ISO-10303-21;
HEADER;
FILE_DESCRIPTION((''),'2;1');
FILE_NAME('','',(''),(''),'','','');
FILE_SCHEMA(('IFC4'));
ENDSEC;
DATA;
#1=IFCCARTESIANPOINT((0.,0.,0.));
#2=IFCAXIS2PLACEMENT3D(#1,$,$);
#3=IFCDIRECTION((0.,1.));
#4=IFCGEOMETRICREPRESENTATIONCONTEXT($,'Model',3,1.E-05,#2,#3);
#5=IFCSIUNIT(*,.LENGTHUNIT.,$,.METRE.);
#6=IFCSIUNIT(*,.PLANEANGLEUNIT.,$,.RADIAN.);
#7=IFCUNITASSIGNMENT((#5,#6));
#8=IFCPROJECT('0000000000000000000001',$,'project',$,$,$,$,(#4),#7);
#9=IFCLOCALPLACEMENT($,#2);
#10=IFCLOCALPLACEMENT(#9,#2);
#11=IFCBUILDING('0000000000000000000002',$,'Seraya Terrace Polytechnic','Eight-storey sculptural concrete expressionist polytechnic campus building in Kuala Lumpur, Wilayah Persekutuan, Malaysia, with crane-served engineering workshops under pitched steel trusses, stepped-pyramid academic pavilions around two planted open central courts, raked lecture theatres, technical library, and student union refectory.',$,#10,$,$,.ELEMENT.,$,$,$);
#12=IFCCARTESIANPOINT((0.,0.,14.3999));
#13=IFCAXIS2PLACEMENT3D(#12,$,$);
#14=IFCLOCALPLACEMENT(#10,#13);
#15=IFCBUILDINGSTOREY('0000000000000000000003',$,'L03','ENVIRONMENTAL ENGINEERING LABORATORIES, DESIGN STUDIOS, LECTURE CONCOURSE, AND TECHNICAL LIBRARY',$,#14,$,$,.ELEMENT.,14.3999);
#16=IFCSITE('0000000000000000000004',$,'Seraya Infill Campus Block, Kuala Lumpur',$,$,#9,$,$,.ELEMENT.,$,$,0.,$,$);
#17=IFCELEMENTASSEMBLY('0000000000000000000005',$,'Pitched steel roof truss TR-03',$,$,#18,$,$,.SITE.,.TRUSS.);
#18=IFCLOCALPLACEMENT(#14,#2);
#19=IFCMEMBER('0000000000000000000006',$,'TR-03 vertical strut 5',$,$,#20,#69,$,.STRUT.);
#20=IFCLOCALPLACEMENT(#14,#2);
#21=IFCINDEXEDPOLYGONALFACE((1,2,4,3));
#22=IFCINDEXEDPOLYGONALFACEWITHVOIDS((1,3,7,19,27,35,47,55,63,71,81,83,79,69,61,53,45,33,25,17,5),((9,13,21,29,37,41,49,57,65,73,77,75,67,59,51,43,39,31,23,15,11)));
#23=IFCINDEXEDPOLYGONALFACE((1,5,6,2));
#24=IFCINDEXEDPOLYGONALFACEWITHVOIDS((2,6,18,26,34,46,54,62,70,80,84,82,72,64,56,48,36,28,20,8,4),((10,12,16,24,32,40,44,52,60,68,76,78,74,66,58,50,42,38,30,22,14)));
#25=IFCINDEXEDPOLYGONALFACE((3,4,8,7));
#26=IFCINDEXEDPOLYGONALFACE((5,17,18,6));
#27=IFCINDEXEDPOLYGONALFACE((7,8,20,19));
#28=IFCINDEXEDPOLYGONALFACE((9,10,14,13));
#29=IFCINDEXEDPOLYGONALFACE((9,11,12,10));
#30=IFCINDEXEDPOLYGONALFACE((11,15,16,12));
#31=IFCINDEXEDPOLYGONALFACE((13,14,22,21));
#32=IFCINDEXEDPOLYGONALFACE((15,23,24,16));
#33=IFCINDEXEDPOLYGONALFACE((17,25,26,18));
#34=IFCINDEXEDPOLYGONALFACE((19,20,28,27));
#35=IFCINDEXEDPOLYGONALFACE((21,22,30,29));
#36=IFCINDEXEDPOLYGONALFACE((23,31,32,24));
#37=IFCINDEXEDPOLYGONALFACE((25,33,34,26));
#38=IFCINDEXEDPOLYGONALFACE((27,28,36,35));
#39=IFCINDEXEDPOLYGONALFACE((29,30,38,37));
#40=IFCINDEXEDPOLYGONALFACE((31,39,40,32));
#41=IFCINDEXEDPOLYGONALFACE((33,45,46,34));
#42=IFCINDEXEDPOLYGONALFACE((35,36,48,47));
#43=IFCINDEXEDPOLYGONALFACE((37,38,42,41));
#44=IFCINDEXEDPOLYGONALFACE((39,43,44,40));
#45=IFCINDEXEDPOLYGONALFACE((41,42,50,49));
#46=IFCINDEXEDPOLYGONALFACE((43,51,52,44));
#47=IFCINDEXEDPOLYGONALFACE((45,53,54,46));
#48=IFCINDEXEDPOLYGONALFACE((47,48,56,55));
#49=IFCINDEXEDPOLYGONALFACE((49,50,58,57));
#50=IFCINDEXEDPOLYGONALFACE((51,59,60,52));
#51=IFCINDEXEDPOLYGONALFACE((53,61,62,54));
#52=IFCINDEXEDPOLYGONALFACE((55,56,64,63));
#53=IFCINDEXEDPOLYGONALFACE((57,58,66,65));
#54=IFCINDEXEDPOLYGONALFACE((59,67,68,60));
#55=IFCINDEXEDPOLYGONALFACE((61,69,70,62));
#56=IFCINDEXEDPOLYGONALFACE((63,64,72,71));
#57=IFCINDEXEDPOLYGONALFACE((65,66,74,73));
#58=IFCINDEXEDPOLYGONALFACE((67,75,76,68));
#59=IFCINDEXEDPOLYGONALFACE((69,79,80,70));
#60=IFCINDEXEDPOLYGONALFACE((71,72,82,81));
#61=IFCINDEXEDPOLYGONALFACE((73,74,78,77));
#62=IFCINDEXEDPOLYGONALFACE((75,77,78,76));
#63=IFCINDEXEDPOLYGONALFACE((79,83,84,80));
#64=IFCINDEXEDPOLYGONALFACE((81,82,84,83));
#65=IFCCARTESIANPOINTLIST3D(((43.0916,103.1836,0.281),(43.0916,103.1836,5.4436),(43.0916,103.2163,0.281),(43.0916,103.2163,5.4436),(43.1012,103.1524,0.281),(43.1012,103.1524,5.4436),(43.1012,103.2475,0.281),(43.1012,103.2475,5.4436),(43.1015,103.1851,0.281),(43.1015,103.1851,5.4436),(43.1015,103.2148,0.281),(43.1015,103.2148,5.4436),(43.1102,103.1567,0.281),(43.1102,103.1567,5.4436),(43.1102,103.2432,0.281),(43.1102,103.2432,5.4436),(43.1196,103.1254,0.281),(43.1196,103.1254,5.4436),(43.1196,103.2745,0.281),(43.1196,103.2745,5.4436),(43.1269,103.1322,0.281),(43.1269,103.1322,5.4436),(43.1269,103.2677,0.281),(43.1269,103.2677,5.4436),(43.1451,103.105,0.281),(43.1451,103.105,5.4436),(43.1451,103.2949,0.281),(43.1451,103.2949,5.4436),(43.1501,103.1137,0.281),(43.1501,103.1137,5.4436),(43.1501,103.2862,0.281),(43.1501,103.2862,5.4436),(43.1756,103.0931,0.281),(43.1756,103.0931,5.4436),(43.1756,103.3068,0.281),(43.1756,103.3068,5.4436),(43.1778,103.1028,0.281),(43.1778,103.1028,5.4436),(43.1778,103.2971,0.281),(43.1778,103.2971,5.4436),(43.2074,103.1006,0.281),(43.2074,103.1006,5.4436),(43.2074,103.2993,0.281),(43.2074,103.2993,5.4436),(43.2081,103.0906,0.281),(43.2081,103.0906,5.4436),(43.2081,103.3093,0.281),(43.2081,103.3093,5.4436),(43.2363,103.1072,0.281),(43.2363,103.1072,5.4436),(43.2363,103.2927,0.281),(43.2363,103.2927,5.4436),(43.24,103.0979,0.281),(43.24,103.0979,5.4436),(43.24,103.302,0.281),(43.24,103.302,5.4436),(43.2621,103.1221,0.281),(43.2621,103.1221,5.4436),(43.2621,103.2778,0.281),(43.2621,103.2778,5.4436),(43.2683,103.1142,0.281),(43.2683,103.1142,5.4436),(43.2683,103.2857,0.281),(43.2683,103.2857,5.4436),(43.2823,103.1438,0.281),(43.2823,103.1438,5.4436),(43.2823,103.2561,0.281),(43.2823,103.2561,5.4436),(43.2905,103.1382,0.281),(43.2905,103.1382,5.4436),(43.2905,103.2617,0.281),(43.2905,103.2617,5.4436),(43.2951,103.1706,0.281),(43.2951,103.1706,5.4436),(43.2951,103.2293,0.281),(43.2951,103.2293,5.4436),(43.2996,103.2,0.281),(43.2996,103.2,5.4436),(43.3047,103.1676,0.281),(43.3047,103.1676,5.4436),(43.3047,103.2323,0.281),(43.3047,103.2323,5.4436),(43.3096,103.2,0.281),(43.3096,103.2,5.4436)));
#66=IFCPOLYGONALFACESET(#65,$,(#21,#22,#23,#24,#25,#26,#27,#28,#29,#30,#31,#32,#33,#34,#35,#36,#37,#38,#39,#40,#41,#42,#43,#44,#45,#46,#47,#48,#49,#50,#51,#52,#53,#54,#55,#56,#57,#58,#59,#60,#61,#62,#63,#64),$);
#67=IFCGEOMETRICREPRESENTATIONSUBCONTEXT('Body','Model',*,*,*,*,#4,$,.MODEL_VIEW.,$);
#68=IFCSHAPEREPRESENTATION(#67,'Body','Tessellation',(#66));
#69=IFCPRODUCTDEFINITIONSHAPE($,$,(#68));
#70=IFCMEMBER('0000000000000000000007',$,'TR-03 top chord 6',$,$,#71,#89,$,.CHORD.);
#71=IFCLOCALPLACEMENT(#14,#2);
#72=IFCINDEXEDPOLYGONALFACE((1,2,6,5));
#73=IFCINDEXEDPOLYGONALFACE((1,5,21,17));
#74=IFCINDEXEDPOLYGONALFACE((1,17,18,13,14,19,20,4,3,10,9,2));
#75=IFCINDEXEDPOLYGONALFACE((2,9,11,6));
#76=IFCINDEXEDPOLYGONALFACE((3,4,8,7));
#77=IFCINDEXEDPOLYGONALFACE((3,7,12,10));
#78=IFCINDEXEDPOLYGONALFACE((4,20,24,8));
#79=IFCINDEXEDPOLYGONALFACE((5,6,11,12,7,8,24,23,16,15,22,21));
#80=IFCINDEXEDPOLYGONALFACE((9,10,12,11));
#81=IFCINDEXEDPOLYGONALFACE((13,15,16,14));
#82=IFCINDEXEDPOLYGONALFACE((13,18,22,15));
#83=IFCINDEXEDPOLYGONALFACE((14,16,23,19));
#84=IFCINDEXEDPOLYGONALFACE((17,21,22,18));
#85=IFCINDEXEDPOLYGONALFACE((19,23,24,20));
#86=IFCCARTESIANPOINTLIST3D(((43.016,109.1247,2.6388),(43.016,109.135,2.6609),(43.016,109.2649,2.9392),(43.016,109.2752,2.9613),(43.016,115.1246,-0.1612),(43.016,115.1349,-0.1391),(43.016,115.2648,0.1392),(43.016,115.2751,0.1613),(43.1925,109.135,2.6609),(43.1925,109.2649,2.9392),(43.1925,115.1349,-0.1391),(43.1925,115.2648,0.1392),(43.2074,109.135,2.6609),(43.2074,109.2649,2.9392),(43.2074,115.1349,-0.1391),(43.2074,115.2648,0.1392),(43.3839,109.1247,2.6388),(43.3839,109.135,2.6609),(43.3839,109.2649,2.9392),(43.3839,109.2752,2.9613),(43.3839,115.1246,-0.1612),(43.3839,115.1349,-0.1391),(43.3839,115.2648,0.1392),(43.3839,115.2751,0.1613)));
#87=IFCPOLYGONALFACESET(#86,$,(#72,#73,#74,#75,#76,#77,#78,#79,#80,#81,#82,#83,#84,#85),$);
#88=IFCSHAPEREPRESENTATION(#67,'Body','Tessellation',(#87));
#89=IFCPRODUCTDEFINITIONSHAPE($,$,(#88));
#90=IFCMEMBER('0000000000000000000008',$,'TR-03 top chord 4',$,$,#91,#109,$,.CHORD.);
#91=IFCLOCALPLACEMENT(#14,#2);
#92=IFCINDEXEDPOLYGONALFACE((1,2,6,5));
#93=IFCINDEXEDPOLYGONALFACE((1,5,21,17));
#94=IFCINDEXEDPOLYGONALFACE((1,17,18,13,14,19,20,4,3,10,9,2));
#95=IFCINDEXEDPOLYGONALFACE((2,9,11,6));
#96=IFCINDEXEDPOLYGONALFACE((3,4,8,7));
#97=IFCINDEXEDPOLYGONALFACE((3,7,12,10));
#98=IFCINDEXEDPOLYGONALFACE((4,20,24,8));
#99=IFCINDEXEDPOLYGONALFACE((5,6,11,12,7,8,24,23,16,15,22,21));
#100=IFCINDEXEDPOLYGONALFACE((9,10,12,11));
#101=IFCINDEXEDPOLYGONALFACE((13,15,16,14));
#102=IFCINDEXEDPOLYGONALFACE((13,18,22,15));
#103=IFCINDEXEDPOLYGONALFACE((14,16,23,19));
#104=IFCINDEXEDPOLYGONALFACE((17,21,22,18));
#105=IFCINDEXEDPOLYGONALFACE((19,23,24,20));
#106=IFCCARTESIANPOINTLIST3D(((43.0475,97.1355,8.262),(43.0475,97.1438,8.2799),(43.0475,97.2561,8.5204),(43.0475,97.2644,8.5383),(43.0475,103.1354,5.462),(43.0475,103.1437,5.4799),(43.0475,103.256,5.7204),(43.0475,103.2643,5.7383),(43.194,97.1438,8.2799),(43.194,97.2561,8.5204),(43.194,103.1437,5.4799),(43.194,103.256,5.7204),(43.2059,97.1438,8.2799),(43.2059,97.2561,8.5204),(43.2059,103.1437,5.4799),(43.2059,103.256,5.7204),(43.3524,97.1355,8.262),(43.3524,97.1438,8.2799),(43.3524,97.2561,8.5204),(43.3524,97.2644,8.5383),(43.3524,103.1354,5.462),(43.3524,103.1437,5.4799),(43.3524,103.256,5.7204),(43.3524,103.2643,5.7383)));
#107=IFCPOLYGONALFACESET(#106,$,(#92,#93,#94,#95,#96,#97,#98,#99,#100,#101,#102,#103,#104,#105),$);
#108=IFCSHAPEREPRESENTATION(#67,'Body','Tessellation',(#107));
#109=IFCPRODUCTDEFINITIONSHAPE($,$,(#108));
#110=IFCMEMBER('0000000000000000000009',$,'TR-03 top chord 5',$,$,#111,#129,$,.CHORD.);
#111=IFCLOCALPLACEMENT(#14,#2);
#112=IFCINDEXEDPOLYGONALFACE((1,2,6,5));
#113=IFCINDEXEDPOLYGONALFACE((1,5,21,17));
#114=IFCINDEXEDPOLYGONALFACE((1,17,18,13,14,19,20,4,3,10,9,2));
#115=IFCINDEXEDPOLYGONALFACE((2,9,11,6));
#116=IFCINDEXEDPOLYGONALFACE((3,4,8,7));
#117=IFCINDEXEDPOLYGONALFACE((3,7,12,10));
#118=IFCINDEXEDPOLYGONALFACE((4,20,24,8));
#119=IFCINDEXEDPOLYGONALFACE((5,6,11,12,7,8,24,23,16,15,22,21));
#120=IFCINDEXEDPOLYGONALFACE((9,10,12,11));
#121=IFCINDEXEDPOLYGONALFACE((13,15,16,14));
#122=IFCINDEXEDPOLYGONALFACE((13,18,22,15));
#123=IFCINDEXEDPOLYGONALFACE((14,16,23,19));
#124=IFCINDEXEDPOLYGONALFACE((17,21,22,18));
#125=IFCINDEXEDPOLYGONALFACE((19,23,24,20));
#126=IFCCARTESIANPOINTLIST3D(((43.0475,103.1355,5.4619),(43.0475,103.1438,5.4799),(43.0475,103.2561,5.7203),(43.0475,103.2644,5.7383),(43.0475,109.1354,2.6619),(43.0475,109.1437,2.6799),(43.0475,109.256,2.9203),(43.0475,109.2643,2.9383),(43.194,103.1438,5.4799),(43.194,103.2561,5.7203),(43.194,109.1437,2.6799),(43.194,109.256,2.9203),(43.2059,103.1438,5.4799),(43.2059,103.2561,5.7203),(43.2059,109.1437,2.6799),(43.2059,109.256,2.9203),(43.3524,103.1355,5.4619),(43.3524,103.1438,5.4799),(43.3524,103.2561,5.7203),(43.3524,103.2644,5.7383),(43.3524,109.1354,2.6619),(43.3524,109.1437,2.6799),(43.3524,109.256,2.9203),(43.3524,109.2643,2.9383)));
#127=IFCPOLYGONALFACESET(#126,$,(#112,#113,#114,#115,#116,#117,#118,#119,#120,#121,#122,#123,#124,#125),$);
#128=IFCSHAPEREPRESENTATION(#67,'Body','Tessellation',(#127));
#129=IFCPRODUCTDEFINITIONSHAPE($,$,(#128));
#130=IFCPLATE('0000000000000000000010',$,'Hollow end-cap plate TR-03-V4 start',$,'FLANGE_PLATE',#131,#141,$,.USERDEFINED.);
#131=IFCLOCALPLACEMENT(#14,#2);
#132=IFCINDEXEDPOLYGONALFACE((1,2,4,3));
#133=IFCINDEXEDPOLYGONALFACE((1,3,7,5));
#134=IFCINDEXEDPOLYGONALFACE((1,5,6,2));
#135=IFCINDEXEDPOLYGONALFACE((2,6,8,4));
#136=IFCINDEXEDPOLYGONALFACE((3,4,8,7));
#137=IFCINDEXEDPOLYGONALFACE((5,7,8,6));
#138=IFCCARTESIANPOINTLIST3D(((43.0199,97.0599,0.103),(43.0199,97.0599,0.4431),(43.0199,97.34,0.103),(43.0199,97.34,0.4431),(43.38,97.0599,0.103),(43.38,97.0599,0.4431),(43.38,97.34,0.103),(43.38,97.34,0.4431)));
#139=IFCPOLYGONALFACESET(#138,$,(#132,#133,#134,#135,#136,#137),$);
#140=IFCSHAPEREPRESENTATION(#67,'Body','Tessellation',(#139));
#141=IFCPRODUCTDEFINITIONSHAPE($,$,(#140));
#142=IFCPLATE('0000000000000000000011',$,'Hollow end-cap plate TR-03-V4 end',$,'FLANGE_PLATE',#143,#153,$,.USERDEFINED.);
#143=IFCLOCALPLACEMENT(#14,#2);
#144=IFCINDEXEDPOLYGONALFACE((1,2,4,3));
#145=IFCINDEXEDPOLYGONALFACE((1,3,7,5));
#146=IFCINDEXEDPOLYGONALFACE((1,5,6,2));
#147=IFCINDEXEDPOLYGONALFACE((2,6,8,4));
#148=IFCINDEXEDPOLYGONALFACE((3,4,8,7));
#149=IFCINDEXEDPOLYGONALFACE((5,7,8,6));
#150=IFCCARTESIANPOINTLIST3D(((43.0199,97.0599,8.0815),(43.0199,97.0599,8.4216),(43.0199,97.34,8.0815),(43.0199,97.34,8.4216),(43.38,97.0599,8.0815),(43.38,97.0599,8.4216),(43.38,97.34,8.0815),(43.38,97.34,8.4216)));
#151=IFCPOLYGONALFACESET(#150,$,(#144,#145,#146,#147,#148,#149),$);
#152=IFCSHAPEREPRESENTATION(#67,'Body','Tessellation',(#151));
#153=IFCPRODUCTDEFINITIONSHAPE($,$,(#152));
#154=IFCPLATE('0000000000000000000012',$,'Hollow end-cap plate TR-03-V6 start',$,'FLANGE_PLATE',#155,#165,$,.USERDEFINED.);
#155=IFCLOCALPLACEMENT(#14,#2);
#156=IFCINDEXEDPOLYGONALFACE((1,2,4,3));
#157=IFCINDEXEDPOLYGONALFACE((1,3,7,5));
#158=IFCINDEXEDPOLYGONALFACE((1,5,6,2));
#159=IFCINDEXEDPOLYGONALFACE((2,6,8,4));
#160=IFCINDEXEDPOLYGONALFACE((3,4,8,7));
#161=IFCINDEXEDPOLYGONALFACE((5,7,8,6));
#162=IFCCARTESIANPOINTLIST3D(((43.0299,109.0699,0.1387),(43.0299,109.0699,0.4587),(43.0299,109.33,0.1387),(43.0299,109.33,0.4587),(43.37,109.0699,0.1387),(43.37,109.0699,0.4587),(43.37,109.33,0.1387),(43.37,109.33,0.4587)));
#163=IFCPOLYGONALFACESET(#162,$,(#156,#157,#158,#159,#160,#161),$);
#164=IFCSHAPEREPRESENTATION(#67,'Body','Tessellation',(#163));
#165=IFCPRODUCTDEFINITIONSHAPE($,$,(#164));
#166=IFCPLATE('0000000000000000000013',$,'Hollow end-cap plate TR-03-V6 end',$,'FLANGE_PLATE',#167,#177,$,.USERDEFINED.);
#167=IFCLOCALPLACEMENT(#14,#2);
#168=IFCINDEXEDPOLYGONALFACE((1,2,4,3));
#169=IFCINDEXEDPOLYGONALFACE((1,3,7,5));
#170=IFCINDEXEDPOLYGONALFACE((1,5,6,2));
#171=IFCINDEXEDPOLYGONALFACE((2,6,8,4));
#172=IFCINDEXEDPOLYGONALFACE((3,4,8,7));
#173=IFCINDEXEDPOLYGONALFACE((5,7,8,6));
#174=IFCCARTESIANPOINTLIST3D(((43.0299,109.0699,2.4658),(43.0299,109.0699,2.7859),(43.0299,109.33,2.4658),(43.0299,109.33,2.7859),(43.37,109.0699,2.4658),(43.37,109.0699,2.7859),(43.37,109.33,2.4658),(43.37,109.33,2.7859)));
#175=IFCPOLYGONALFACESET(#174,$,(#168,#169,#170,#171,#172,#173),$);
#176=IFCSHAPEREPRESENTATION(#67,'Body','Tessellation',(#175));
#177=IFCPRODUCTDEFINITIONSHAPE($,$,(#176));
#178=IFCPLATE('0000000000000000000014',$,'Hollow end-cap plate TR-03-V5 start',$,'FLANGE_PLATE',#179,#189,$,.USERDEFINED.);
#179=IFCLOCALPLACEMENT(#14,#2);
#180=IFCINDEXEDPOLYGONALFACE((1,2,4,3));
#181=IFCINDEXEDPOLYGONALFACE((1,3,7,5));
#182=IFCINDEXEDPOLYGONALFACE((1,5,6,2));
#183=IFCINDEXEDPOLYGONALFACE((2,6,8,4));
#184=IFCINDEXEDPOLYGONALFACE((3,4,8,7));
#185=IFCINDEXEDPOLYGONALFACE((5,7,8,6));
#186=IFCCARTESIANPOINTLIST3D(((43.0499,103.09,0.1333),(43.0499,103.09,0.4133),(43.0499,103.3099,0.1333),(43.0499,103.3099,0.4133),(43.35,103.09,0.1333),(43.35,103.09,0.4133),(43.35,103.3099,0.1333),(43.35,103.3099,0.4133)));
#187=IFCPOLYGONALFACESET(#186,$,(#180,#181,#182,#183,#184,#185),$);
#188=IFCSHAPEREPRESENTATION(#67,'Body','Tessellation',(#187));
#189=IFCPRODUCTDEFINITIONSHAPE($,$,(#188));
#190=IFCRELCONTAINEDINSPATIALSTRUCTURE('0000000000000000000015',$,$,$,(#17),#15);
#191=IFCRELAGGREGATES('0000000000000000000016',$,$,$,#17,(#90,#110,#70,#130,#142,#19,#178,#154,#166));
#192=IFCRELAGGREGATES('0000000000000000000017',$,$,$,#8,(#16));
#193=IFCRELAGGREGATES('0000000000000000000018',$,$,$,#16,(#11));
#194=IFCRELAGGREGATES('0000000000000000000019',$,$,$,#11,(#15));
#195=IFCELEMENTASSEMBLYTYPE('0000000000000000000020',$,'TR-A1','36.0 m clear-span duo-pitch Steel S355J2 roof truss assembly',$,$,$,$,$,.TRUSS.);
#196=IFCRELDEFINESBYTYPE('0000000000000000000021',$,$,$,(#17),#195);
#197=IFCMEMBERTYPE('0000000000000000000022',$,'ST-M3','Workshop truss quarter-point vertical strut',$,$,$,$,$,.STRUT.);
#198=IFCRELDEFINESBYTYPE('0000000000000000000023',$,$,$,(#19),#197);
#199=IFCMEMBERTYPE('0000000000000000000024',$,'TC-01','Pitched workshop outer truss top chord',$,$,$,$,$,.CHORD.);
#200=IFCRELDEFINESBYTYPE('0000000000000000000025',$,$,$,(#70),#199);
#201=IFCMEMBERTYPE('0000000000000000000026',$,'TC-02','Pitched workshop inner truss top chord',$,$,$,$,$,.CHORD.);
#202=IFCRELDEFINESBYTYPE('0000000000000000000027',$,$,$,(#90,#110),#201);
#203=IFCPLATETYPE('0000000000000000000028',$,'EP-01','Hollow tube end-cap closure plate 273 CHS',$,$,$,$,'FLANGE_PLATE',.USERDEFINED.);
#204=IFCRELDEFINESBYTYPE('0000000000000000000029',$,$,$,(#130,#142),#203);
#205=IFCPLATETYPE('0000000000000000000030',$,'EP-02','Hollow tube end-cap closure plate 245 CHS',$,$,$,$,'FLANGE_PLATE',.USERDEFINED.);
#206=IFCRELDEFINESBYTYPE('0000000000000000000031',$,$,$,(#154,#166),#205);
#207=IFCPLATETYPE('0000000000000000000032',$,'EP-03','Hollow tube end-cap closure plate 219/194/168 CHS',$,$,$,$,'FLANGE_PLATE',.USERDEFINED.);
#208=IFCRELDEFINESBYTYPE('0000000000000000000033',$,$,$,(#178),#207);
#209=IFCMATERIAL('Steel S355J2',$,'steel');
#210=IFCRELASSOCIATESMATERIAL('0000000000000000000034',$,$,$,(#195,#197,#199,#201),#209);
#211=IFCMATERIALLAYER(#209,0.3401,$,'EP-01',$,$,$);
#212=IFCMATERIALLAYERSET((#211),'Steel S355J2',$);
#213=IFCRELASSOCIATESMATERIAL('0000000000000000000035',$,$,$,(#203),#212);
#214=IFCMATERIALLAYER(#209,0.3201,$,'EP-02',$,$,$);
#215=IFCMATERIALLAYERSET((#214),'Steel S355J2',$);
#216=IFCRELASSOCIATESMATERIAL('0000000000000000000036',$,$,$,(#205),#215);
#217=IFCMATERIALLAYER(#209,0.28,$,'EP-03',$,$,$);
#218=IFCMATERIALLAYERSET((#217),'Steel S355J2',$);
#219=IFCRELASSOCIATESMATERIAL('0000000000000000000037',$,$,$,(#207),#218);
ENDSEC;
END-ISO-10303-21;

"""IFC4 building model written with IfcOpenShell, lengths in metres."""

from ifc_helpers import new_model, si_unit, direction, frame, origin, origin_2d, place, context, subcontext, project, spatial, rectangle, hollow_circle, i_section, extrude, material, layer, layer_set, material_profile, profile_set, type_object, element, aggregate, save


model = new_model("IFC4")

# Units and contexts
model_context = context("Model", 3, precision=1e-05, world=origin(), true_north=direction((0.0, 1.0)))
body_context = subcontext(model_context, "Body", "Model", "MODEL_VIEW")
ifc_project = project(units=[si_unit("LENGTHUNIT", "METRE"), si_unit("PLANEANGLEUNIT", "RADIAN")], contexts=[model_context])

# Site, building, storey
site_placement = place(None, origin())
site = spatial("IfcSite", under=ifc_project, at=site_placement, Name="Seraya Infill Campus Block, Kuala Lumpur", CompositionType="ELEMENT", RefElevation=0.0)
building_placement = place(site_placement, origin())
building = spatial("IfcBuilding", under=site, at=building_placement, Name="Seraya Terrace Polytechnic", Description="Eight-storey sculptural concrete expressionist polytechnic campus building in Kuala Lumpur, Wilayah Persekutuan, Malaysia, with crane-served engineering workshops under pitched steel trusses, stepped-pyramid academic pavilions around two planted open central courts, raked lecture theatres, technical library, and student union refectory.", CompositionType="ELEMENT")
storey_placement = place(building_placement, frame((0.0, 0.0, 14.3999)))
storey = spatial("IfcBuildingStorey", under=building, at=storey_placement, Name="L03", Description="ENVIRONMENTAL ENGINEERING LABORATORIES, DESIGN STUDIOS, LECTURE CONCOURSE, AND TECHNICAL LIBRARY", CompositionType="ELEMENT", Elevation=14.3999)

# Element assembly
ifc_material_1 = material(Name="Steel S355J2", Category="steel")
element_assembly_type = type_object("IfcElementAssemblyType", Name="TR-A1", Description="36.0 m clear-span duo-pitch Steel S355J2 roof truss assembly", PredefinedType="TRUSS", material=ifc_material_1)
assembly_placement = place(storey_placement, origin())
assembly = element("IfcElementAssembly", 1, at=assembly_placement, inside=storey, type_object=element_assembly_type, Name="Pitched steel roof truss TR-03", AssemblyPlace="SITE", PredefinedType="TRUSS")

# Members
ifc_material_profile_1 = material_profile(ifc_material_1, hollow_circle(Radius=0.1096, WallThickness=0.01, at=origin_2d()), Name="CHS 219.1x10.0")
ifc_profile_set_1 = profile_set([ifc_material_profile_1], Name="Steel S355J2")
member_type_1 = type_object("IfcMemberType", Name="ST-M3", Description="Workshop truss quarter-point vertical strut", PredefinedType="STRUT", material=ifc_profile_set_1)
member_1_placement = place(storey_placement, frame((43.2, 103.2, 0.281), z_axis=(0.0, 0.0, 1.0), x_axis=(1.0, 0.0, 0.0)))
member_1 = element("IfcMember", 2, at=member_1_placement, type_object=member_type_1, Name="TR-03 vertical strut 5", PredefinedType="STRUT", context=body_context, shape_type="SweptSolid", body=[
    extrude(hollow_circle(Radius=0.1096, WallThickness=0.01, at=origin_2d()), origin(), (0.0, 0.0, 1.0), 5.1626),
])
ifc_material_profile_2 = material_profile(ifc_material_1, i_section(OverallWidth=0.3679, OverallDepth=0.356, WebThickness=0.0149, FlangeThickness=0.0244, at=origin_2d()), Name="UKC 356x368x15.0x24.4")
ifc_profile_set_2 = profile_set([ifc_material_profile_2], Name="Steel S355J2")
member_type_2 = type_object("IfcMemberType", Name="TC-01", Description="Pitched workshop outer truss top chord", PredefinedType="CHORD", material=ifc_profile_set_2)
member_2_placement = place(storey_placement, frame((43.2, 109.2, 2.8), z_axis=(0.0, 0.90618, -0.422892), x_axis=(-1.0, 0.0, 0.0)))
member_2 = element("IfcMember", 3, at=member_2_placement, type_object=member_type_2, Name="TR-03 top chord 6", PredefinedType="CHORD", context=body_context, shape_type="SweptSolid", body=[
    extrude(i_section(OverallWidth=0.3679, OverallDepth=0.356, WebThickness=0.0149, FlangeThickness=0.0244, at=origin_2d()), origin(), (0.0, 0.0, 1.0), 6.6211),
])
ifc_material_profile_3 = material_profile(ifc_material_1, i_section(OverallWidth=0.3049, OverallDepth=0.3049, WebThickness=0.012, FlangeThickness=0.0198, at=origin_2d()), Name="UKC 305x305x12.0x19.7")
ifc_profile_set_3 = profile_set([ifc_material_profile_3], Name="Steel S355J2")
member_type_3 = type_object("IfcMemberType", Name="TC-02", Description="Pitched workshop inner truss top chord", PredefinedType="CHORD", material=ifc_profile_set_3)
member_3_placement = place(storey_placement, frame((43.2, 97.2, 8.4001), z_axis=(0.0, 0.90618, -0.422892), x_axis=(-1.0, 0.0, 0.0)))
member_3 = element("IfcMember", 4, at=member_3_placement, type_object=member_type_3, Name="TR-03 top chord 4", PredefinedType="CHORD", context=body_context, shape_type="SweptSolid", body=[
    extrude(i_section(OverallWidth=0.3049, OverallDepth=0.3049, WebThickness=0.012, FlangeThickness=0.0198, at=origin_2d()), origin(), (0.0, 0.0, 1.0), 6.6211),
])
member_4_placement = place(storey_placement, frame((43.2, 103.2, 5.6001), z_axis=(0.0, 0.90618, -0.422892), x_axis=(-1.0, 0.0, 0.0)))
member_4 = element("IfcMember", 5, at=member_4_placement, type_object=member_type_3, Name="TR-03 top chord 5", PredefinedType="CHORD", context=body_context, shape_type="SweptSolid", body=[
    extrude(i_section(OverallWidth=0.3049, OverallDepth=0.3049, WebThickness=0.012, FlangeThickness=0.0198, at=origin_2d()), origin(), (0.0, 0.0, 1.0), 6.6211),
])

# Plates
ifc_layer_1 = layer(ifc_material_1, 0.3401, Name="EP-01")
ifc_layer_set_1 = layer_set([ifc_layer_1], Name="Steel S355J2")
plate_type_1 = type_object("IfcPlateType", Name="EP-01", Description="Hollow tube end-cap closure plate 273 CHS", ElementType="FLANGE_PLATE", PredefinedType="USERDEFINED", material=ifc_layer_set_1)
plate_1_placement = place(storey_placement, frame((43.2, 97.2, 0.103), z_axis=(0.0, 0.0, 1.0), x_axis=(1.0, 0.0, 0.0)))
plate_1 = element("IfcPlate", 6, at=plate_1_placement, type_object=plate_type_1, Name="Hollow end-cap plate TR-03-V4 start", ObjectType="FLANGE_PLATE", PredefinedType="USERDEFINED", context=body_context, shape_type="SweptSolid", body=[
    extrude(rectangle(XDim=0.3601, YDim=0.28, at=origin_2d()), origin(), (0.0, 0.0, 1.0), 0.3401),
])
plate_2_placement = place(storey_placement, frame((43.2, 97.2, 8.0815), z_axis=(0.0, 0.0, 1.0), x_axis=(1.0, 0.0, 0.0)))
plate_2 = element("IfcPlate", 7, at=plate_2_placement, type_object=plate_type_1, Name="Hollow end-cap plate TR-03-V4 end", ObjectType="FLANGE_PLATE", PredefinedType="USERDEFINED", context=body_context, shape_type="SweptSolid", body=[
    extrude(rectangle(XDim=0.3601, YDim=0.28, at=origin_2d()), origin(), (0.0, 0.0, 1.0), 0.3401),
])
ifc_layer_2 = layer(ifc_material_1, 0.3201, Name="EP-02")
ifc_layer_set_2 = layer_set([ifc_layer_2], Name="Steel S355J2")
plate_type_2 = type_object("IfcPlateType", Name="EP-02", Description="Hollow tube end-cap closure plate 245 CHS", ElementType="FLANGE_PLATE", PredefinedType="USERDEFINED", material=ifc_layer_set_2)
plate_3_placement = place(storey_placement, frame((43.2, 109.2, 0.1387), z_axis=(0.0, 0.0, 1.0), x_axis=(1.0, 0.0, 0.0)))
plate_3 = element("IfcPlate", 8, at=plate_3_placement, type_object=plate_type_2, Name="Hollow end-cap plate TR-03-V6 start", ObjectType="FLANGE_PLATE", PredefinedType="USERDEFINED", context=body_context, shape_type="SweptSolid", body=[
    extrude(rectangle(XDim=0.3401, YDim=0.26, at=origin_2d()), origin(), (0.0, 0.0, 1.0), 0.3201),
])
plate_4_placement = place(storey_placement, frame((43.2, 109.2, 2.4658), z_axis=(0.0, 0.0, 1.0), x_axis=(1.0, 0.0, 0.0)))
plate_4 = element("IfcPlate", 9, at=plate_4_placement, type_object=plate_type_2, Name="Hollow end-cap plate TR-03-V6 end", ObjectType="FLANGE_PLATE", PredefinedType="USERDEFINED", context=body_context, shape_type="SweptSolid", body=[
    extrude(rectangle(XDim=0.3401, YDim=0.26, at=origin_2d()), origin(), (0.0, 0.0, 1.0), 0.3201),
])
ifc_layer_3 = layer(ifc_material_1, 0.28, Name="EP-03")
ifc_layer_set_3 = layer_set([ifc_layer_3], Name="Steel S355J2")
plate_type_3 = type_object("IfcPlateType", Name="EP-03", Description="Hollow tube end-cap closure plate 219/194/168 CHS", ElementType="FLANGE_PLATE", PredefinedType="USERDEFINED", material=ifc_layer_set_3)
plate_5_placement = place(storey_placement, frame((43.2, 103.2, 0.1333), z_axis=(0.0, 0.0, 1.0), x_axis=(1.0, 0.0, 0.0)))
plate_5 = element("IfcPlate", 10, at=plate_5_placement, type_object=plate_type_3, Name="Hollow end-cap plate TR-03-V5 start", ObjectType="FLANGE_PLATE", PredefinedType="USERDEFINED", context=body_context, shape_type="SweptSolid", body=[
    extrude(rectangle(XDim=0.3, YDim=0.22, at=origin_2d()), origin(), (0.0, 0.0, 1.0), 0.28),
])
aggregate(assembly, [member_3, member_4, member_2, plate_1, plate_2, member_1, plate_5, plate_3, plate_4])

save(model, "model.ifc")
